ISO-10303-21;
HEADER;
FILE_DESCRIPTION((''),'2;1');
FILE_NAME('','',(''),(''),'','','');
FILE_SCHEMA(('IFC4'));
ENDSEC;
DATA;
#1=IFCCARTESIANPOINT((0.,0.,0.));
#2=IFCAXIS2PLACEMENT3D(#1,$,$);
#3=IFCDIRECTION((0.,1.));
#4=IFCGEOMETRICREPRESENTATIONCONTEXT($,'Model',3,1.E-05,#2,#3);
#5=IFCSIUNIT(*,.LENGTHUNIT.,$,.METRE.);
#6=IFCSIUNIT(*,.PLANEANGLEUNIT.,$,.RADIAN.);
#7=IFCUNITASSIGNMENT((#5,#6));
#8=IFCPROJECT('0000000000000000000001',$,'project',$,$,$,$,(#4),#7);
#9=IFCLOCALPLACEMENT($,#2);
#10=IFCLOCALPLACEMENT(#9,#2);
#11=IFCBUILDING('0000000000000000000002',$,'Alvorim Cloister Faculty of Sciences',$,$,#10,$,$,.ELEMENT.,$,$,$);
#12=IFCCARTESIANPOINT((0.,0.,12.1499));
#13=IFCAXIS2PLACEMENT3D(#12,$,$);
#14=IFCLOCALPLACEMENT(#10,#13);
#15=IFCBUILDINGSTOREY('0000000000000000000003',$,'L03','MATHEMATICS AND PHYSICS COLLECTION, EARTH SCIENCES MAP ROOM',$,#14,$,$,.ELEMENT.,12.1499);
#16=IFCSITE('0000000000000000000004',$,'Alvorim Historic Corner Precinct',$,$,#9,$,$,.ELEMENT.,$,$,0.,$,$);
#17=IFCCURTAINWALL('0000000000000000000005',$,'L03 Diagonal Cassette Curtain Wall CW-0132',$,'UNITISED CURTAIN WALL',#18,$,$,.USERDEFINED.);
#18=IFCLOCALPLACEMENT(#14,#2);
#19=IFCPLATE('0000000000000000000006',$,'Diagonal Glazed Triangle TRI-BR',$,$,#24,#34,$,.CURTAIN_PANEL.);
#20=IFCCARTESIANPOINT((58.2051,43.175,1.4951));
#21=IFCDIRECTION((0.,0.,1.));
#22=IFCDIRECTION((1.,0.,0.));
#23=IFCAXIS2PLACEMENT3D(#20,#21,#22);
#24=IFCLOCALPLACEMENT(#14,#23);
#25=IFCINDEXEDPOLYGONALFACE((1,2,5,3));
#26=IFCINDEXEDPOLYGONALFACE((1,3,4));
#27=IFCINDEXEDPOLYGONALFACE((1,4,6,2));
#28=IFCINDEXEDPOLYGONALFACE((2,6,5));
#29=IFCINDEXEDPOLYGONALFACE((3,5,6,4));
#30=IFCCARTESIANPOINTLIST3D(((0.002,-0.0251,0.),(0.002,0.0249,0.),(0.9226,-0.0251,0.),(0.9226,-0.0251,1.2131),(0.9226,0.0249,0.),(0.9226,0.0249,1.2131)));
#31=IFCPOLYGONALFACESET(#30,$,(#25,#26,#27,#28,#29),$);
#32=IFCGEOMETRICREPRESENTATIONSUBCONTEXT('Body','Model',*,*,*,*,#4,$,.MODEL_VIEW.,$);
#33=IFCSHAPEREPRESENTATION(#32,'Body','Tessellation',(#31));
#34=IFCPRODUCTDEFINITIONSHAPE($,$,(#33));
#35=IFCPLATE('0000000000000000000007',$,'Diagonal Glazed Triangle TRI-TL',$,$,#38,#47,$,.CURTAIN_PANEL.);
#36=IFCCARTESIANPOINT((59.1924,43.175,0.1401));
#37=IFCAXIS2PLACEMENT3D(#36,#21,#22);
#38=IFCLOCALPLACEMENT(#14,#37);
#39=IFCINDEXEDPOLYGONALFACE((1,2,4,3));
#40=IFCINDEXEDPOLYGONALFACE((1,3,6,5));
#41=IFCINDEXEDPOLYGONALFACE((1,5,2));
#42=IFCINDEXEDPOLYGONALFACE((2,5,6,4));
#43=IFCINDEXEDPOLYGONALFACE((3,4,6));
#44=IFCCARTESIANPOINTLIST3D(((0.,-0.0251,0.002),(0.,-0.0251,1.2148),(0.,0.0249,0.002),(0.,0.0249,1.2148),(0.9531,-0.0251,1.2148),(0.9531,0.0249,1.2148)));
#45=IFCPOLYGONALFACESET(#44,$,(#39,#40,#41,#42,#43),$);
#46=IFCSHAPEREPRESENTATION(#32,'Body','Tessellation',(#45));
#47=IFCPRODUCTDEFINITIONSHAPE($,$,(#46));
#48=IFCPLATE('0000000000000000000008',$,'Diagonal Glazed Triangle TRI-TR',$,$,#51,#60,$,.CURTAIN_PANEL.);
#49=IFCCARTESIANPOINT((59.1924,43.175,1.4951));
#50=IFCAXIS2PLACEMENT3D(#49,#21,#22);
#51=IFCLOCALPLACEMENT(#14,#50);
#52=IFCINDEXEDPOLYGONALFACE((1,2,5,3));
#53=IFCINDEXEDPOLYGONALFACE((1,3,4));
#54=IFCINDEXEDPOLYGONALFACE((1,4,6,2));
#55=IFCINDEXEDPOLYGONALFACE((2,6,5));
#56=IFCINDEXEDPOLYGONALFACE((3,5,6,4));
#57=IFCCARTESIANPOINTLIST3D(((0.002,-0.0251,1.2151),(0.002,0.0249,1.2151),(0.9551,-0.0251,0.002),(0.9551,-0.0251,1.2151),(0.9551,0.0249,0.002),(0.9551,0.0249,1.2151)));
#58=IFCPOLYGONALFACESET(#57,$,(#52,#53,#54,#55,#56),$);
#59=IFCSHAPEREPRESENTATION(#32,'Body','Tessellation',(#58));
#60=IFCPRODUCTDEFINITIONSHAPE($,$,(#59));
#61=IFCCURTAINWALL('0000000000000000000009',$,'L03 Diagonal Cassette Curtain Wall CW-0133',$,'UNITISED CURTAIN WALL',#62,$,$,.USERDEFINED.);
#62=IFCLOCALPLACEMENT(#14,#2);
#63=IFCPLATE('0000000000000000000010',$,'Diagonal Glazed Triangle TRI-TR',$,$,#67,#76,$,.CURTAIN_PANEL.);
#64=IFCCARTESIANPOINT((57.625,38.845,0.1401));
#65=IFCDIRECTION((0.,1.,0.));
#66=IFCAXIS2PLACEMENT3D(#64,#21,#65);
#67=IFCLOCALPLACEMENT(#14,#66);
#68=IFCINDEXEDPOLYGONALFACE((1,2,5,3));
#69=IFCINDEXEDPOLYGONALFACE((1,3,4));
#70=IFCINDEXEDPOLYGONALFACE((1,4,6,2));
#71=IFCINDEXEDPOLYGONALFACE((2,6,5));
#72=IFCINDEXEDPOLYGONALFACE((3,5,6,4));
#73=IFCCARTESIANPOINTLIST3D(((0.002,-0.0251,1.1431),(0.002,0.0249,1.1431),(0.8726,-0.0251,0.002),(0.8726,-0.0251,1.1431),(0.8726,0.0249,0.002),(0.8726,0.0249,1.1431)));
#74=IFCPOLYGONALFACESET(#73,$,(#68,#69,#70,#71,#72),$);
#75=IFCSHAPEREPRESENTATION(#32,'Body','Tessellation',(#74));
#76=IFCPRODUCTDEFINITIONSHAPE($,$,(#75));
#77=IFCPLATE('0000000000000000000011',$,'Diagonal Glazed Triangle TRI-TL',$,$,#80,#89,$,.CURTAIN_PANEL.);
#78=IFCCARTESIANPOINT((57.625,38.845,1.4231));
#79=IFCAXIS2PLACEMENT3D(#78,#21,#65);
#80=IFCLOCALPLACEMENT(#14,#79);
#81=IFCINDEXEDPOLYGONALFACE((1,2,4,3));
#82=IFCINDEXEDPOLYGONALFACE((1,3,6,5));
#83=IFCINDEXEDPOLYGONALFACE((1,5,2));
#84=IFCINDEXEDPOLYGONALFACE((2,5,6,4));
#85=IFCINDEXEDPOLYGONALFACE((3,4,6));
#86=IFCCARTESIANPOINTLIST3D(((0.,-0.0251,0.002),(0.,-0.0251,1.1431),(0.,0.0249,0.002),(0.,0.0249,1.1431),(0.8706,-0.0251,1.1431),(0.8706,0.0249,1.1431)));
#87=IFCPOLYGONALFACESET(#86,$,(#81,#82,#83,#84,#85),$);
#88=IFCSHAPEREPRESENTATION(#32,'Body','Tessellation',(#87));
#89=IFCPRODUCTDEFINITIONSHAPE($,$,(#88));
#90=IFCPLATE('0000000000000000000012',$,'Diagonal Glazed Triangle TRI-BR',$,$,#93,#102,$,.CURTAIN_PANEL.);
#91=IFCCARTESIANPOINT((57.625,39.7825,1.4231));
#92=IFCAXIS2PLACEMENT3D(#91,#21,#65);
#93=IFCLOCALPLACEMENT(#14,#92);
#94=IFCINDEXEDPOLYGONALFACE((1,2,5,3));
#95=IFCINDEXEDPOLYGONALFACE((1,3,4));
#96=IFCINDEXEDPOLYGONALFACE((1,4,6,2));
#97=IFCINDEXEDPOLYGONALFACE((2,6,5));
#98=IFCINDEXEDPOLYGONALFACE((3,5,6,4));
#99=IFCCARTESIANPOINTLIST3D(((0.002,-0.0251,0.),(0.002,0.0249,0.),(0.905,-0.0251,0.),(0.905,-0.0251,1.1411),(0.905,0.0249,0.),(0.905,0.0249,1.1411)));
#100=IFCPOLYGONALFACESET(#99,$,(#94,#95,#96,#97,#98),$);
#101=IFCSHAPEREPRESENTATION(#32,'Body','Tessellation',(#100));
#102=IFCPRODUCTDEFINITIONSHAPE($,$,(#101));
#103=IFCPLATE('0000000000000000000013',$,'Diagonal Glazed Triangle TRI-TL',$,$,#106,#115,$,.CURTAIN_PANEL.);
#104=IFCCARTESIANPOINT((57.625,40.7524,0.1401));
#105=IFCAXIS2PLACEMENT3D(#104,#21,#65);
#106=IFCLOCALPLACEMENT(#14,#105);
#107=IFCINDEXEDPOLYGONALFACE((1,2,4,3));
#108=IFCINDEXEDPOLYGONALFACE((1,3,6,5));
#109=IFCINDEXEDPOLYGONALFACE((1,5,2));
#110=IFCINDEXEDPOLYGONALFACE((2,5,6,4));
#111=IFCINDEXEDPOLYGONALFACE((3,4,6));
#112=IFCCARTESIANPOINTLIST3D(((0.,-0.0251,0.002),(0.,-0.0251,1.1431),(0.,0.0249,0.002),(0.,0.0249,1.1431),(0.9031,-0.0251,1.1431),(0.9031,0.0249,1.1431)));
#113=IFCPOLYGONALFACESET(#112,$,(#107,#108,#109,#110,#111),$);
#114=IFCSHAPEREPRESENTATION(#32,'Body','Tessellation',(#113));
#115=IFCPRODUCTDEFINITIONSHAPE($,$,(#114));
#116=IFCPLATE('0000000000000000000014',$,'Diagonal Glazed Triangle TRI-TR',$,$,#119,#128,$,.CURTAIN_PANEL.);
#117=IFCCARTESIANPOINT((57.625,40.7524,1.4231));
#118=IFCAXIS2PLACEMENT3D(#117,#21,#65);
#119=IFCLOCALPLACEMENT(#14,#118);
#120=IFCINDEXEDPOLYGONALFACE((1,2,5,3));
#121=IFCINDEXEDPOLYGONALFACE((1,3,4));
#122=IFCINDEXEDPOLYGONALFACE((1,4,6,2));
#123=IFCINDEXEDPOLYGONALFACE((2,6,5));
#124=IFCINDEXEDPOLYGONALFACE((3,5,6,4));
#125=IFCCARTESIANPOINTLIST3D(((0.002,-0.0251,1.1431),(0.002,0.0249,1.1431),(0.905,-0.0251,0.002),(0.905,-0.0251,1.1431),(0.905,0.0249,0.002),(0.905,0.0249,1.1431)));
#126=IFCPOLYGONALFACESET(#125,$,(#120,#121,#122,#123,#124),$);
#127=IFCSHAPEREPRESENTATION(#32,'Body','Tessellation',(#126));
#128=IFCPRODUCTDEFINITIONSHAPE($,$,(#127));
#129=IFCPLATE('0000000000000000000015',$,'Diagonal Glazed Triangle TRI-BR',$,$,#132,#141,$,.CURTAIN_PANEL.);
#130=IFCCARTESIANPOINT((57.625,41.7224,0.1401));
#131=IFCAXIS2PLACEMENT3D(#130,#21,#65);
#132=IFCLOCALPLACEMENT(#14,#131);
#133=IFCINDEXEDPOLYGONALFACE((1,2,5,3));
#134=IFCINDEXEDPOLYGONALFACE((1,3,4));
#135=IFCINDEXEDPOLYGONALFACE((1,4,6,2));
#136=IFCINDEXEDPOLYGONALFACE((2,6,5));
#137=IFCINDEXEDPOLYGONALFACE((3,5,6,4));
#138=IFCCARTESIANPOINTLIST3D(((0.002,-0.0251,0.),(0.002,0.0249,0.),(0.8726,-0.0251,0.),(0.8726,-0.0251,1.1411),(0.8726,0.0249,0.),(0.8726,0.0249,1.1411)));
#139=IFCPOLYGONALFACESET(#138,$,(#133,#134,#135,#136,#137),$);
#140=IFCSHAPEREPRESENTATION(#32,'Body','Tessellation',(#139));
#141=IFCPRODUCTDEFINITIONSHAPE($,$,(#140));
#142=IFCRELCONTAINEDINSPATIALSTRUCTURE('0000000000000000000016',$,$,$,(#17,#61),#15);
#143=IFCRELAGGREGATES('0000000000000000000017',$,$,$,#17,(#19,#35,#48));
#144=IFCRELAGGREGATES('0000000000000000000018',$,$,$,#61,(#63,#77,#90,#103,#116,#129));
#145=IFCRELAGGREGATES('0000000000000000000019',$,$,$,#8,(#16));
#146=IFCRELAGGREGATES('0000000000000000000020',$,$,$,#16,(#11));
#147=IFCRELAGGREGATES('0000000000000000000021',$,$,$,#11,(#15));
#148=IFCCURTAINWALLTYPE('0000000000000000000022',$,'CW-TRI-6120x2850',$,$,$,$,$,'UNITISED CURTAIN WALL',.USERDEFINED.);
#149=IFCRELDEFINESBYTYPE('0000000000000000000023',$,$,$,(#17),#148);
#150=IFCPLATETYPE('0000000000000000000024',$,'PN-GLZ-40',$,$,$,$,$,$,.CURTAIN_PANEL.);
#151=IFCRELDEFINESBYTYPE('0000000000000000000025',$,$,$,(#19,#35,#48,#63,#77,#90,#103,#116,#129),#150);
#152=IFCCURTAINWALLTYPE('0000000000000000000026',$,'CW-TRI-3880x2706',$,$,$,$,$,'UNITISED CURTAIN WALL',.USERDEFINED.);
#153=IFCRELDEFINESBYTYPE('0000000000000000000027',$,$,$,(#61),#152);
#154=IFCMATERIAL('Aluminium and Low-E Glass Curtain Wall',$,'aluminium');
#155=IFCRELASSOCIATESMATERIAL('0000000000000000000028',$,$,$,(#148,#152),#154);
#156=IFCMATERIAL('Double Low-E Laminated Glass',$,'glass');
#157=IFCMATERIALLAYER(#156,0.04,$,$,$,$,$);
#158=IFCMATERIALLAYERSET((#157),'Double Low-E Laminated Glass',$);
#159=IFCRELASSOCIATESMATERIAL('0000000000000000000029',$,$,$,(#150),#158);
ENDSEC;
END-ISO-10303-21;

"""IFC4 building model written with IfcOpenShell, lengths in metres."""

from ifc_helpers import new_model, si_unit, direction, frame, origin, place, context, subcontext, project, spatial, polyline, outline, extrude, material, layer, layer_set, type_object, element, aggregate, save


model = new_model("IFC4")

# Units and contexts
model_context = context("Model", 3, precision=1e-05, world=origin(), true_north=direction((0.0, 1.0)))
body_context = subcontext(model_context, "Body", "Model", "MODEL_VIEW")
ifc_project = project(units=[si_unit("LENGTHUNIT", "METRE"), si_unit("PLANEANGLEUNIT", "RADIAN")], contexts=[model_context])

# Site, building, storey
site_placement = place(None, origin())
site = spatial("IfcSite", under=ifc_project, at=site_placement, Name="Alvorim Historic Corner Precinct", CompositionType="ELEMENT", RefElevation=0.0)
building_placement = place(site_placement, origin())
building = spatial("IfcBuilding", under=site, at=building_placement, Name="Alvorim Cloister Faculty of Sciences", CompositionType="ELEMENT")
storey_placement = place(building_placement, frame((0.0, 0.0, 12.1499)))
storey = spatial("IfcBuildingStorey", under=building, at=storey_placement, Name="L03", Description="MATHEMATICS AND PHYSICS COLLECTION, EARTH SCIENCES MAP ROOM", CompositionType="ELEMENT", Elevation=12.1499)

# Curtain wall, plates
ifc_material_1 = material(Name="Aluminium and Low-E Glass Curtain Wall", Category="aluminium")
curtain_wall_type_1 = type_object("IfcCurtainWallType", Name="CW-TRI-6120x2850", ElementType="UNITISED CURTAIN WALL", PredefinedType="USERDEFINED", material=ifc_material_1)
curtain_wall_1_placement = place(storey_placement, origin())
curtain_wall_1 = element("IfcCurtainWall", 1, at=curtain_wall_1_placement, inside=storey, type_object=curtain_wall_type_1, Name="L03 Diagonal Cassette Curtain Wall CW-0132", ObjectType="UNITISED CURTAIN WALL", PredefinedType="USERDEFINED")
ifc_material_2 = material(Name="Double Low-E Laminated Glass", Category="glass")
ifc_layer_1 = layer(ifc_material_2, 0.04)
ifc_layer_set_1 = layer_set([ifc_layer_1], Name="Double Low-E Laminated Glass")
plate_type = type_object("IfcPlateType", Name="PN-GLZ-40", PredefinedType="CURTAIN_PANEL", material=ifc_layer_set_1)
plate_1_placement = place(storey_placement, frame((58.2051, 43.175, 1.4951), z_axis=(0.0, 0.0, 1.0), x_axis=(1.0, 0.0, 0.0)))
plate_1 = element("IfcPlate", 2, at=plate_1_placement, type_object=plate_type, Name="Diagonal Glazed Triangle TRI-BR", PredefinedType="CURTAIN_PANEL", context=body_context, shape_type="SweptSolid", body=[
    extrude(outline(polyline([(0.002, 0.0), (0.9226, 0.0), (0.9226, 1.2131), (0.002, 0.0)])), frame((0.0, 0.0249, 0.0), z_axis=(0.0, -1.0, 0.0), x_axis=(1.0, 0.0, 0.0)), (0.0, 0.0, 1.0), 0.05),
])
plate_2_placement = place(storey_placement, frame((59.1924, 43.175, 0.1401), z_axis=(0.0, 0.0, 1.0), x_axis=(1.0, 0.0, 0.0)))
plate_2 = element("IfcPlate", 3, at=plate_2_placement, type_object=plate_type, Name="Diagonal Glazed Triangle TRI-TL", PredefinedType="CURTAIN_PANEL", context=body_context, shape_type="SweptSolid", body=[
    extrude(outline(polyline([(0.9531, 1.2148), (0.0, 1.2148), (0.0, 0.002), (0.9531, 1.2148)])), frame((0.0, 0.0249, 0.0), z_axis=(0.0, -1.0, 0.0), x_axis=(1.0, 0.0, 0.0)), (0.0, 0.0, 1.0), 0.05),
])
plate_3_placement = place(storey_placement, frame((59.1924, 43.175, 1.4951), z_axis=(0.0, 0.0, 1.0), x_axis=(1.0, 0.0, 0.0)))
plate_3 = element("IfcPlate", 4, at=plate_3_placement, type_object=plate_type, Name="Diagonal Glazed Triangle TRI-TR", PredefinedType="CURTAIN_PANEL", context=body_context, shape_type="SweptSolid", body=[
    extrude(outline(polyline([(0.9551, 0.002), (0.9551, 1.2151), (0.002, 1.2151), (0.9551, 0.002)])), frame((0.0, 0.0249, 0.0), z_axis=(0.0, -1.0, 0.0), x_axis=(1.0, 0.0, 0.0)), (0.0, 0.0, 1.0), 0.05),
])
aggregate(curtain_wall_1, [plate_1, plate_2, plate_3])

# Curtain wall, plates
curtain_wall_type_2 = type_object("IfcCurtainWallType", Name="CW-TRI-3880x2706", ElementType="UNITISED CURTAIN WALL", PredefinedType="USERDEFINED", material=ifc_material_1)
curtain_wall_2_placement = place(storey_placement, origin())
curtain_wall_2 = element("IfcCurtainWall", 5, at=curtain_wall_2_placement, inside=storey, type_object=curtain_wall_type_2, Name="L03 Diagonal Cassette Curtain Wall CW-0133", ObjectType="UNITISED CURTAIN WALL", PredefinedType="USERDEFINED")
plate_4_placement = place(storey_placement, frame((57.625, 38.845, 0.1401), z_axis=(0.0, 0.0, 1.0), x_axis=(0.0, 1.0, 0.0)))
plate_4 = element("IfcPlate", 6, at=plate_4_placement, type_object=plate_type, Name="Diagonal Glazed Triangle TRI-TR", PredefinedType="CURTAIN_PANEL", context=body_context, shape_type="SweptSolid", body=[
    extrude(outline(polyline([(0.8726, 0.002), (0.8726, 1.1431), (0.002, 1.1431), (0.8726, 0.002)])), frame((0.0, 0.0249, 0.0), z_axis=(0.0, -1.0, 0.0), x_axis=(1.0, 0.0, 0.0)), (0.0, 0.0, 1.0), 0.05),
])
plate_5_placement = place(storey_placement, frame((57.625, 38.845, 1.4231), z_axis=(0.0, 0.0, 1.0), x_axis=(0.0, 1.0, 0.0)))
plate_5 = element("IfcPlate", 7, at=plate_5_placement, type_object=plate_type, Name="Diagonal Glazed Triangle TRI-TL", PredefinedType="CURTAIN_PANEL", context=body_context, shape_type="SweptSolid", body=[
    extrude(outline(polyline([(0.8706, 1.1431), (0.0, 1.1431), (0.0, 0.002), (0.8706, 1.1431)])), frame((0.0, 0.0249, 0.0), z_axis=(0.0, -1.0, 0.0), x_axis=(1.0, 0.0, 0.0)), (0.0, 0.0, 1.0), 0.05),
])
plate_6_placement = place(storey_placement, frame((57.625, 39.7825, 1.4231), z_axis=(0.0, 0.0, 1.0), x_axis=(0.0, 1.0, 0.0)))
plate_6 = element("IfcPlate", 8, at=plate_6_placement, type_object=plate_type, Name="Diagonal Glazed Triangle TRI-BR", PredefinedType="CURTAIN_PANEL", context=body_context, shape_type="SweptSolid", body=[
    extrude(outline(polyline([(0.002, 0.0), (0.905, 0.0), (0.905, 1.1411), (0.002, 0.0)])), frame((0.0, 0.0249, 0.0), z_axis=(0.0, -1.0, 0.0), x_axis=(1.0, 0.0, 0.0)), (0.0, 0.0, 1.0), 0.05),
])
plate_7_placement = place(storey_placement, frame((57.625, 40.7524, 0.1401), z_axis=(0.0, 0.0, 1.0), x_axis=(0.0, 1.0, 0.0)))
plate_7 = element("IfcPlate", 9, at=plate_7_placement, type_object=plate_type, Name="Diagonal Glazed Triangle TRI-TL", PredefinedType="CURTAIN_PANEL", context=body_context, shape_type="SweptSolid", body=[
    extrude(outline(polyline([(0.9031, 1.1431), (0.0, 1.1431), (0.0, 0.002), (0.9031, 1.1431)])), frame((0.0, 0.0249, 0.0), z_axis=(0.0, -1.0, 0.0), x_axis=(1.0, 0.0, 0.0)), (0.0, 0.0, 1.0), 0.05),
])
plate_8_placement = place(storey_placement, frame((57.625, 40.7524, 1.4231), z_axis=(0.0, 0.0, 1.0), x_axis=(0.0, 1.0, 0.0)))
plate_8 = element("IfcPlate", 10, at=plate_8_placement, type_object=plate_type, Name="Diagonal Glazed Triangle TRI-TR", PredefinedType="CURTAIN_PANEL", context=body_context, shape_type="SweptSolid", body=[
    extrude(outline(polyline([(0.905, 0.002), (0.905, 1.1431), (0.002, 1.1431), (0.905, 0.002)])), frame((0.0, 0.0249, 0.0), z_axis=(0.0, -1.0, 0.0), x_axis=(1.0, 0.0, 0.0)), (0.0, 0.0, 1.0), 0.05),
])
plate_9_placement = place(storey_placement, frame((57.625, 41.7224, 0.1401), z_axis=(0.0, 0.0, 1.0), x_axis=(0.0, 1.0, 0.0)))
plate_9 = element("IfcPlate", 11, at=plate_9_placement, type_object=plate_type, Name="Diagonal Glazed Triangle TRI-BR", PredefinedType="CURTAIN_PANEL", context=body_context, shape_type="SweptSolid", body=[
    extrude(outline(polyline([(0.002, 0.0), (0.8726, 0.0), (0.8726, 1.1411), (0.002, 0.0)])), frame((0.0, 0.0249, 0.0), z_axis=(0.0, -1.0, 0.0), x_axis=(1.0, 0.0, 0.0)), (0.0, 0.0, 1.0), 0.05),
])
aggregate(curtain_wall_2, [plate_4, plate_5, plate_6, plate_7, plate_8, plate_9])

save(model, "model.ifc")
